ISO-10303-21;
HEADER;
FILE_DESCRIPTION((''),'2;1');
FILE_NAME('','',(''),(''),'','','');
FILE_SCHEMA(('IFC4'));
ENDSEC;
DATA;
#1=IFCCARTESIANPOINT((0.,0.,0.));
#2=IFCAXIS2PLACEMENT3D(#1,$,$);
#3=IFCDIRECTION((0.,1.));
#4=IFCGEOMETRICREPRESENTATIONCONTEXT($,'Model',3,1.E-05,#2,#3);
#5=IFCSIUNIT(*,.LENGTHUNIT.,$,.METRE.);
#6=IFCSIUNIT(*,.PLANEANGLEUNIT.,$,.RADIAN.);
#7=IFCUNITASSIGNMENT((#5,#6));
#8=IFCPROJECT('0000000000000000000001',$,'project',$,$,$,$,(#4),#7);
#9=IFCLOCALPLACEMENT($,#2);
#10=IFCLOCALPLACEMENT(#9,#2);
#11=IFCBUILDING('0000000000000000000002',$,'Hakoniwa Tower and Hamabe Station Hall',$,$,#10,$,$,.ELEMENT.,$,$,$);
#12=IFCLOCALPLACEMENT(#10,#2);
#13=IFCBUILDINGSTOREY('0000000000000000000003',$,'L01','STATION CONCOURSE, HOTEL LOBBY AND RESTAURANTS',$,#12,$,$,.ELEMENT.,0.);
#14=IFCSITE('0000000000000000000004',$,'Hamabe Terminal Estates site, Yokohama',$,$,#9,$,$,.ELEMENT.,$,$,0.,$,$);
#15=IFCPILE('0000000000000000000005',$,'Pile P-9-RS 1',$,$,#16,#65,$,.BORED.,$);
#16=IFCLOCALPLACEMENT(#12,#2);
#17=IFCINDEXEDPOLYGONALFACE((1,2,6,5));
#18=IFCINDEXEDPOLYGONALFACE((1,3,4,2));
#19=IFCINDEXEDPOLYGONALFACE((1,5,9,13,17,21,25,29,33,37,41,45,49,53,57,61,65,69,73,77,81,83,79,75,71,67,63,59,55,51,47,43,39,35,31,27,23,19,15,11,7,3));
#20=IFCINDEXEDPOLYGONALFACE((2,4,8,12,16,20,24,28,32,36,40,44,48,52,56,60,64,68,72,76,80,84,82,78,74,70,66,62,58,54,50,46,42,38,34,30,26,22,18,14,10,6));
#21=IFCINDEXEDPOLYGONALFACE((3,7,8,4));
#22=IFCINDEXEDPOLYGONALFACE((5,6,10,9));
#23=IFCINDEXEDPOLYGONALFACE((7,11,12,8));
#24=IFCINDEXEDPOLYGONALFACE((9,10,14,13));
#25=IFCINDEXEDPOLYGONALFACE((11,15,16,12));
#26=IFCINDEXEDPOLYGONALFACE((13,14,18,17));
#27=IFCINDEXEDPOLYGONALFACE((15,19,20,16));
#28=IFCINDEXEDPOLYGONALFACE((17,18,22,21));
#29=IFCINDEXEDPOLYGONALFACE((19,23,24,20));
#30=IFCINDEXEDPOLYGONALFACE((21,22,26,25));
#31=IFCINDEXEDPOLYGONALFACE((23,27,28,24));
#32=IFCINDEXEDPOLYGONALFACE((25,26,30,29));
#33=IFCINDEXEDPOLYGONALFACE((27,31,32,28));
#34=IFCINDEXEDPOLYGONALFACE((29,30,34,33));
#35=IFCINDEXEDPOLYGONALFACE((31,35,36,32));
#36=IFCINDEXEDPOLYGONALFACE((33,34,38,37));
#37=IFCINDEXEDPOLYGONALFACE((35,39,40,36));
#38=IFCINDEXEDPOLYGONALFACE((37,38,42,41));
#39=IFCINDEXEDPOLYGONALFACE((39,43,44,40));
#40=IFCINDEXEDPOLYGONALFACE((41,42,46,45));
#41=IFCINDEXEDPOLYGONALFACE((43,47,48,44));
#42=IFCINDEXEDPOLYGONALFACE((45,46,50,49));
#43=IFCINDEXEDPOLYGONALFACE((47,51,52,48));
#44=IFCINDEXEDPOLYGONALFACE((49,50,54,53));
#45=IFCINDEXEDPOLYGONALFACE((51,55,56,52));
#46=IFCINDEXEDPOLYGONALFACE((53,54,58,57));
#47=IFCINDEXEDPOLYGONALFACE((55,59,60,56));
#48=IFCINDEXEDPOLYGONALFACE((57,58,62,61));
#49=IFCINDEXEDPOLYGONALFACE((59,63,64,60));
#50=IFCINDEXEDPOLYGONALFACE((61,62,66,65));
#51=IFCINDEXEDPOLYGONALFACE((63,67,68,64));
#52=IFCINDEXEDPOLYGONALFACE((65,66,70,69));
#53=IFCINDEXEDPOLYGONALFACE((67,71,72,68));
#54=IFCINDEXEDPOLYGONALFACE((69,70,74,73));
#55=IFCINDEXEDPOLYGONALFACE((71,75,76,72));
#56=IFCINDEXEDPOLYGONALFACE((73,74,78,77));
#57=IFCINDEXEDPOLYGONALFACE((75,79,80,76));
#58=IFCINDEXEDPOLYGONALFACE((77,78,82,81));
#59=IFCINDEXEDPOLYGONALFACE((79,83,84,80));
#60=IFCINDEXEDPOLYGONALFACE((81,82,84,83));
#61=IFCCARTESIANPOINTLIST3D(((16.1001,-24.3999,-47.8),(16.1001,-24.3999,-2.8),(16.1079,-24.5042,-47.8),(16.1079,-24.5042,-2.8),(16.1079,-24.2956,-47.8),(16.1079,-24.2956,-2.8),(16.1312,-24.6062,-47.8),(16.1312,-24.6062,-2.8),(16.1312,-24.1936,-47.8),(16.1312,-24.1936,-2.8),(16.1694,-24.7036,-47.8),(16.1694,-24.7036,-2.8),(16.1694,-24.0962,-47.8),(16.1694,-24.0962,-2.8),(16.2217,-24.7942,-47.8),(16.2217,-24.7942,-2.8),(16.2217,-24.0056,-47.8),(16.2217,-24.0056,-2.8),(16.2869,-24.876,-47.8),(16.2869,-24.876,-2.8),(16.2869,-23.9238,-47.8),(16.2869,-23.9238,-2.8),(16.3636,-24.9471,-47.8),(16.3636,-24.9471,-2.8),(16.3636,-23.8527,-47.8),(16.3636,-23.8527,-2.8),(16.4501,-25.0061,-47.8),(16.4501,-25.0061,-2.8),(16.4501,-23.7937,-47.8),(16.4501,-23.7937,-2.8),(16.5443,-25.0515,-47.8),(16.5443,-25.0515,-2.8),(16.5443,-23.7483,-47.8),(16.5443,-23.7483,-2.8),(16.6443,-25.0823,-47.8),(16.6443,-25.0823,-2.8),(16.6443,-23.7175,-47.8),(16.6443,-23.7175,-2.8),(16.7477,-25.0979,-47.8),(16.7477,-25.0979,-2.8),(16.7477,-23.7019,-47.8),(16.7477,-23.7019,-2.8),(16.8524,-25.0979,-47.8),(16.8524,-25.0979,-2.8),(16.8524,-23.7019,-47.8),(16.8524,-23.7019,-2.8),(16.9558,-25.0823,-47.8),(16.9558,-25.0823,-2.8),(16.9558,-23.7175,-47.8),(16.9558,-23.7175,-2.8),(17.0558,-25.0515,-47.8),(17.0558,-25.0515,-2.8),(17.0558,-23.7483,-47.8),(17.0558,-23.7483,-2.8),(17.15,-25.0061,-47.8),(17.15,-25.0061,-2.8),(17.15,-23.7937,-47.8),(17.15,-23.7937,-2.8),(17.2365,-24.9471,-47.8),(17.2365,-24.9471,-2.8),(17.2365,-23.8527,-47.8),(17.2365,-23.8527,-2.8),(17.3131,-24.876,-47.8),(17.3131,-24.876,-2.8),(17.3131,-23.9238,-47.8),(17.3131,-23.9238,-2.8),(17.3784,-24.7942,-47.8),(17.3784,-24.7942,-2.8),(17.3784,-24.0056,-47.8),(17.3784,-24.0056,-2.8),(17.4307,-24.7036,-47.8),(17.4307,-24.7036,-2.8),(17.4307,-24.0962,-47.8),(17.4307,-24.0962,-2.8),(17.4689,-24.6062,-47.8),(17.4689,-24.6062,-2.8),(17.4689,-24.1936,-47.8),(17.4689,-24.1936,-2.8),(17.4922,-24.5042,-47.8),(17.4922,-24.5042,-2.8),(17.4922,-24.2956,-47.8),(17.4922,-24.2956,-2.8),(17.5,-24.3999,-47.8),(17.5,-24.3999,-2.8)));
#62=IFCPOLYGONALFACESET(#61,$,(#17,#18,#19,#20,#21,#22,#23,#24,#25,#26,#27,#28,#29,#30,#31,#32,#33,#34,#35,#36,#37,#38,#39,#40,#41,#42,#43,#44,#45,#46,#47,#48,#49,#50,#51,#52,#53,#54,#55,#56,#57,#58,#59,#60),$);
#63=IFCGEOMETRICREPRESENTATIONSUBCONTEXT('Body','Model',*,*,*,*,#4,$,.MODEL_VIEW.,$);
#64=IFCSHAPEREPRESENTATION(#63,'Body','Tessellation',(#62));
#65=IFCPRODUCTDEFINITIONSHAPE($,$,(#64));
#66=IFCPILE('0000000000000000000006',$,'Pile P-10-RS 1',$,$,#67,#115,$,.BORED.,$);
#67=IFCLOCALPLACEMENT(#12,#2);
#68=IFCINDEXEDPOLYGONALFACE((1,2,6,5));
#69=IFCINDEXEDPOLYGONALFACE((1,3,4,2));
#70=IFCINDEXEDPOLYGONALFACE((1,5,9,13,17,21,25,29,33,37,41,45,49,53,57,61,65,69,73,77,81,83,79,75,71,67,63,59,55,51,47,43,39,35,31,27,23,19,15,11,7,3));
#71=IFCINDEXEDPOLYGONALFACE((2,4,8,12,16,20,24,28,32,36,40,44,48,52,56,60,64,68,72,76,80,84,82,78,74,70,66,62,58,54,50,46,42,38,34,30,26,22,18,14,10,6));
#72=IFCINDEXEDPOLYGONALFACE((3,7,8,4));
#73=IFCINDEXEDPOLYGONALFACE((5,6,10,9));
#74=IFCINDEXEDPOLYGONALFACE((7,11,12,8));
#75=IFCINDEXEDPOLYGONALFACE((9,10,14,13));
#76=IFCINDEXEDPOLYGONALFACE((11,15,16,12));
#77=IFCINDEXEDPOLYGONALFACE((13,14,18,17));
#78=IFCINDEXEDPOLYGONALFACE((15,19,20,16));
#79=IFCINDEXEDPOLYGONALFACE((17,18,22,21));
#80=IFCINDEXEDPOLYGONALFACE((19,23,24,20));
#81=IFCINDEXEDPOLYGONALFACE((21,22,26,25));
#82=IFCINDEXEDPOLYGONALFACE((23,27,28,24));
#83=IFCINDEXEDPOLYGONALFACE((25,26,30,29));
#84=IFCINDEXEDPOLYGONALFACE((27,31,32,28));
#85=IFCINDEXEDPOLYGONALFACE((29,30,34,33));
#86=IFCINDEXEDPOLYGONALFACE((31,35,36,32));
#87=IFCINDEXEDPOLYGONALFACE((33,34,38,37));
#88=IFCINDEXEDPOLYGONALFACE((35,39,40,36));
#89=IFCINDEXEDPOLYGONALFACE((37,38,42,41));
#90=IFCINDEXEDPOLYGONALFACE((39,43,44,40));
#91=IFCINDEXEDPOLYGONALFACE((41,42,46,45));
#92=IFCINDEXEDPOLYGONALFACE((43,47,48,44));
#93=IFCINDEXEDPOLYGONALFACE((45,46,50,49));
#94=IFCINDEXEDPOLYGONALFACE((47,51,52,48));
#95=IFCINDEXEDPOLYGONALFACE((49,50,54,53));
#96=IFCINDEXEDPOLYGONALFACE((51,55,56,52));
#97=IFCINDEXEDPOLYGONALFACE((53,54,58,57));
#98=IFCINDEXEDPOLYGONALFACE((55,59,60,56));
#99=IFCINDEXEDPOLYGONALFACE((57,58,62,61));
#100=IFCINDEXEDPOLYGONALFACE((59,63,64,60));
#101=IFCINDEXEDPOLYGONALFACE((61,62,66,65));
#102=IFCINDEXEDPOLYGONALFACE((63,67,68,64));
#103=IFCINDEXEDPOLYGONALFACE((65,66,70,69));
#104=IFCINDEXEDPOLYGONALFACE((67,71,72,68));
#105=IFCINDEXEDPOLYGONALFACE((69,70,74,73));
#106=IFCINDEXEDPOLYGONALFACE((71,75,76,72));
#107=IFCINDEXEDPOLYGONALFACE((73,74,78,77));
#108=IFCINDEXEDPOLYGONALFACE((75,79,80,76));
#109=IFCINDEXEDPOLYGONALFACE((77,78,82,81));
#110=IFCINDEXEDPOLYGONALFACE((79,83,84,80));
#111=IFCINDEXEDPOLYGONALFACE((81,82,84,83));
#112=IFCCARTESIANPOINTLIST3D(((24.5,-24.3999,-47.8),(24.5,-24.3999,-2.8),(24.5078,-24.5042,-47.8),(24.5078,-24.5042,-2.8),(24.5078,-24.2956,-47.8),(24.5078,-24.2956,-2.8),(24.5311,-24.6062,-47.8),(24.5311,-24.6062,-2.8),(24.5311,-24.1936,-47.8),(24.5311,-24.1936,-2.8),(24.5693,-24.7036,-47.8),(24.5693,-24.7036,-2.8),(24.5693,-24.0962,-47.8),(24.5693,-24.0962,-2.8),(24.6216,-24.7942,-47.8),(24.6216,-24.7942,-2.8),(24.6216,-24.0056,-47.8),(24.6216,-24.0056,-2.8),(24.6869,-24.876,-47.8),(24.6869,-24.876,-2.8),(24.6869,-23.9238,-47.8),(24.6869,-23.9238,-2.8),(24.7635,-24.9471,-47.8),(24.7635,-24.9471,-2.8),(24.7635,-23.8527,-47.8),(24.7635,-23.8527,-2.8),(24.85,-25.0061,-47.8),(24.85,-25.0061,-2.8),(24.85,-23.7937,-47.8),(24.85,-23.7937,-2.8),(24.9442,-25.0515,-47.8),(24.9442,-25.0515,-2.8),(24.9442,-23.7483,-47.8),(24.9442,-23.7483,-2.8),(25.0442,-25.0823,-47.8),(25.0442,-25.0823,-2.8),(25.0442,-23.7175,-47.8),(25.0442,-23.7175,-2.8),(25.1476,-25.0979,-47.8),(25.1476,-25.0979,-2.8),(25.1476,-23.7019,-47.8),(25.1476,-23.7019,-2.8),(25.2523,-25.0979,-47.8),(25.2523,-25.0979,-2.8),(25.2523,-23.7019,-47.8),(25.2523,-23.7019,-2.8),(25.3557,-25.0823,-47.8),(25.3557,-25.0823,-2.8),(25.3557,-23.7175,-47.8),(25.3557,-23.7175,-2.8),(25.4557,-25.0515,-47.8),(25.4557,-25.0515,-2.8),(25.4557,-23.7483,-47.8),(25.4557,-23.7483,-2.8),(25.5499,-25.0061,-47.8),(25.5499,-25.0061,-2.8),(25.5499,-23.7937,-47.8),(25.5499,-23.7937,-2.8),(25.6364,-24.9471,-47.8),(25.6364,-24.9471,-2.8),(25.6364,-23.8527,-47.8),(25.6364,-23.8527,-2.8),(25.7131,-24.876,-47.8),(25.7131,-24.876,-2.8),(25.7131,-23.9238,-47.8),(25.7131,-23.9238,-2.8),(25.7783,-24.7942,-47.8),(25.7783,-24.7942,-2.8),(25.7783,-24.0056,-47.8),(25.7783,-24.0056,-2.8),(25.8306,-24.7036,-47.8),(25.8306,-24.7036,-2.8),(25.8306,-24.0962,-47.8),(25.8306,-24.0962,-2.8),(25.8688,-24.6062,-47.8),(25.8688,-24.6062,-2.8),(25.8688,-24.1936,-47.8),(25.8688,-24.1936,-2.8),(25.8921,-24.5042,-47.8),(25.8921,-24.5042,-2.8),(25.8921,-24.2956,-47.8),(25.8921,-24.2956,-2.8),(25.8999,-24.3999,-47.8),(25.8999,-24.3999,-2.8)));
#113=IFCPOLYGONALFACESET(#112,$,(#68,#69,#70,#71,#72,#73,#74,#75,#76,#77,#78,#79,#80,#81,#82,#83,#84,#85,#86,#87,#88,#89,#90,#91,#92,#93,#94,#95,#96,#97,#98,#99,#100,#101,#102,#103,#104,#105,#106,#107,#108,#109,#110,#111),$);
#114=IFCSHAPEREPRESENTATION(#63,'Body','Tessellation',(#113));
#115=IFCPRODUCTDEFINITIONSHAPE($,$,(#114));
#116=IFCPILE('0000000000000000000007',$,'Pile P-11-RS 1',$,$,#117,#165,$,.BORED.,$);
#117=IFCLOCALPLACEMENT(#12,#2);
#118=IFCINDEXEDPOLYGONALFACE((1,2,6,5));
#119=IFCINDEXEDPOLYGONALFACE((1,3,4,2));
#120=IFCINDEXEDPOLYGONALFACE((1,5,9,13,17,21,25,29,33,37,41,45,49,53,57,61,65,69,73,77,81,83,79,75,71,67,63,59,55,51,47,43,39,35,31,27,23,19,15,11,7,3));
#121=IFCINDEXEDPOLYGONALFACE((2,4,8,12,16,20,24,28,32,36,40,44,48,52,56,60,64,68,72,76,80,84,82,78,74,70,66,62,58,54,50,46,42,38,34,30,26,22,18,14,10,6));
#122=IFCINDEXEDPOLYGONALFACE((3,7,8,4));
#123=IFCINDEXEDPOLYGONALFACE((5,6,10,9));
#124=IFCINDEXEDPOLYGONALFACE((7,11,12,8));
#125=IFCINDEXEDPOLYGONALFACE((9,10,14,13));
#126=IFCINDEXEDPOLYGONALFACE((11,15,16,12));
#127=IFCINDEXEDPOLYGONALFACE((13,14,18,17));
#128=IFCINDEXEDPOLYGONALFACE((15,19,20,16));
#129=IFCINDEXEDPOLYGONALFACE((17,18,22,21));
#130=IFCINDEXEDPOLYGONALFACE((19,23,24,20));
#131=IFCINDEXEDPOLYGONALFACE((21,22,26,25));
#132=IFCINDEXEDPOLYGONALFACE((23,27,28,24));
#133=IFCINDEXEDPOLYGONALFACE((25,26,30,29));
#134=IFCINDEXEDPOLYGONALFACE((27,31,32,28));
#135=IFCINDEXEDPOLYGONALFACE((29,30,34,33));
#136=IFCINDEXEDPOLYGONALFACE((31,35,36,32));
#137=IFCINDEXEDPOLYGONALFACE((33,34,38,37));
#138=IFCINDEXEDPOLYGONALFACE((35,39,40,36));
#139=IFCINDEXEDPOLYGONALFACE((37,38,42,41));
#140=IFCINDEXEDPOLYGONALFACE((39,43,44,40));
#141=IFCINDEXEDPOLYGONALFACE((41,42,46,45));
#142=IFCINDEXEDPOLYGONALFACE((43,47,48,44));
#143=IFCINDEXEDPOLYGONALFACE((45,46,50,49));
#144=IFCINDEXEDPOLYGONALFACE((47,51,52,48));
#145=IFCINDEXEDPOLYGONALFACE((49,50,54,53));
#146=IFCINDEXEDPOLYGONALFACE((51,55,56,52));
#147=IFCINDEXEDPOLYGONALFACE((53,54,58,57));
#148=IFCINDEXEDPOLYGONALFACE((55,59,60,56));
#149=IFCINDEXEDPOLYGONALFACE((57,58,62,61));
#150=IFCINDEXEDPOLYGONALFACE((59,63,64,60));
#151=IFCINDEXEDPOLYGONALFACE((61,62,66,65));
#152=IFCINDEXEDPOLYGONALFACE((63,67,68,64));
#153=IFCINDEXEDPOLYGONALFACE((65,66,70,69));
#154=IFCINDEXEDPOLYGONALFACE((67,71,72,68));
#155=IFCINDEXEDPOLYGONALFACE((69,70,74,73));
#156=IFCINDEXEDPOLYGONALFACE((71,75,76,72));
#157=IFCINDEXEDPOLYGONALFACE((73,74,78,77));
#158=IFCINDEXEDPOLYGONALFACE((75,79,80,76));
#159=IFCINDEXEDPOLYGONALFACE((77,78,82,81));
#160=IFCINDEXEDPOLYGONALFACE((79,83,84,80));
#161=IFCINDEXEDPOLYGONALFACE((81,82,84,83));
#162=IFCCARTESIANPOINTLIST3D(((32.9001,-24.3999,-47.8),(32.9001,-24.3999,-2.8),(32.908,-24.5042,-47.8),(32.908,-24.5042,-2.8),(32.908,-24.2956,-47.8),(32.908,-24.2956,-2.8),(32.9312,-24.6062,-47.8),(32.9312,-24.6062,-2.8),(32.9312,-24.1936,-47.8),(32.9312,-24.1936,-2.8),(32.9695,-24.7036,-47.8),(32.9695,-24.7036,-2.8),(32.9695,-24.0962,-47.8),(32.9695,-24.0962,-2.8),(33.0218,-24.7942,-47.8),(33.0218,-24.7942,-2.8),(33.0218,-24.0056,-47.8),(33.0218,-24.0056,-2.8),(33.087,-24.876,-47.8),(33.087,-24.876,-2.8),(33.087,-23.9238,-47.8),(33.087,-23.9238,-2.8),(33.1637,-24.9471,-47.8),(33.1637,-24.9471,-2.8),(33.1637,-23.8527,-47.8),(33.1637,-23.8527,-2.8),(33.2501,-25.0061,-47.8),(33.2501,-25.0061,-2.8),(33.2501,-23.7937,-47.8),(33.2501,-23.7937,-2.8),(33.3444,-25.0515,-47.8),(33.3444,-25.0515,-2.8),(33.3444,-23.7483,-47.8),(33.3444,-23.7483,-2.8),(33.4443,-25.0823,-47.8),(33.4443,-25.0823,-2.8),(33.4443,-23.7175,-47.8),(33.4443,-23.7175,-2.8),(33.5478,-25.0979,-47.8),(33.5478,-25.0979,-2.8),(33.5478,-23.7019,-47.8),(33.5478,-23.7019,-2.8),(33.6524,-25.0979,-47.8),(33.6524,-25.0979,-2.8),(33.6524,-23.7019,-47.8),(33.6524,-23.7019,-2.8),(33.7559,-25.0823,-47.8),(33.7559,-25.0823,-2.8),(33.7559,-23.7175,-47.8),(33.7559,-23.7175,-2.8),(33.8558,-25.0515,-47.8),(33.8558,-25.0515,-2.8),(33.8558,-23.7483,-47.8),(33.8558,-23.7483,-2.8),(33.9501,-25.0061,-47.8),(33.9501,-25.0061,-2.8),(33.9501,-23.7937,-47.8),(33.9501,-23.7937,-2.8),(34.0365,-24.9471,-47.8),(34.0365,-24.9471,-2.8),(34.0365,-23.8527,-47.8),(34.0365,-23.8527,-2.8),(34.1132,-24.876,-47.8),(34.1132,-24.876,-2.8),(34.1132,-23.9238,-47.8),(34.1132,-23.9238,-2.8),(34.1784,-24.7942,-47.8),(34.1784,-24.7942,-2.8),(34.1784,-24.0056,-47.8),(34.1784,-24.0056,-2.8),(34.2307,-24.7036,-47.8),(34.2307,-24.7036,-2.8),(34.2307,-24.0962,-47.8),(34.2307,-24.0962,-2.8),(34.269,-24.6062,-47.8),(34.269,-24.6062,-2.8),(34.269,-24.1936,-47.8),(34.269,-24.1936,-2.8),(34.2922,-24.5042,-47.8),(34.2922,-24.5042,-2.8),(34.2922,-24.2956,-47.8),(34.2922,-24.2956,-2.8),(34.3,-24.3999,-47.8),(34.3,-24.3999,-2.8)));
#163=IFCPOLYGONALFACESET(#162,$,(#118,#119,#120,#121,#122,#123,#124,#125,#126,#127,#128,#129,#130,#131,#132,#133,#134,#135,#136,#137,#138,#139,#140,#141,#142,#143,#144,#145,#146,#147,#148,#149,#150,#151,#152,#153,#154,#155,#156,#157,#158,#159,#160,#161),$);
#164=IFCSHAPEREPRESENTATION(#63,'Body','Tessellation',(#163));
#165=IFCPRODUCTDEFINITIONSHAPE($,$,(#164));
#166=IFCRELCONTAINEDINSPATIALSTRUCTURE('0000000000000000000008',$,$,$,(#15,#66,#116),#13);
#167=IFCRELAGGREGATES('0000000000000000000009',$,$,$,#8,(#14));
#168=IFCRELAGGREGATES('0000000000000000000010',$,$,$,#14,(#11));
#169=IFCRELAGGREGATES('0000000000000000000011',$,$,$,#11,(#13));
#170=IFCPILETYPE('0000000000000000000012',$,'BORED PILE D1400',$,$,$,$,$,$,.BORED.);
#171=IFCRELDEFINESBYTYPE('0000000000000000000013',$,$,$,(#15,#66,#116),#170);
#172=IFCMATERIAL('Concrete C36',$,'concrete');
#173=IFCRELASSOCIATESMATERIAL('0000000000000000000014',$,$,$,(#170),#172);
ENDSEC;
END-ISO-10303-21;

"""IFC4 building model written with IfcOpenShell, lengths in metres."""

from ifc_helpers import new_model, si_unit, direction, frame, origin, origin_2d, place, context, subcontext, project, spatial, circle, extrude, material, material_profile, profile_set, type_object, element, save


model = new_model("IFC4")

# Units and contexts
model_context = context("Model", 3, precision=1e-05, world=origin(), true_north=direction((0.0, 1.0)))
body_context = subcontext(model_context, "Body", "Model", "MODEL_VIEW")
ifc_project = project(units=[si_unit("LENGTHUNIT", "METRE"), si_unit("PLANEANGLEUNIT", "RADIAN")], contexts=[model_context])

# Site, building, storey
site_placement = place(None, origin())
site = spatial("IfcSite", under=ifc_project, at=site_placement, Name="Hamabe Terminal Estates site, Yokohama", CompositionType="ELEMENT", RefElevation=0.0)
building_placement = place(site_placement, origin())
building = spatial("IfcBuilding", under=site, at=building_placement, Name="Hakoniwa Tower and Hamabe Station Hall", CompositionType="ELEMENT")
storey_placement = place(building_placement, origin())
storey = spatial("IfcBuildingStorey", under=building, at=storey_placement, Name="L01", Description="STATION CONCOURSE, HOTEL LOBBY AND RESTAURANTS", CompositionType="ELEMENT", Elevation=0.0)

# Piles
ifc_material_1 = material(Name="Concrete C36", Category="concrete")
ifc_material_profile_1 = material_profile(ifc_material_1, circle(Radius=0.7, at=origin_2d()), Name="BORED PILE D1400")
ifc_profile_set_1 = profile_set([ifc_material_profile_1], Name="Concrete C36")
pile_type_1 = type_object("IfcPileType", Name="BORED PILE D1400", PredefinedType="BORED", material=ifc_profile_set_1)
for number, where, z_axis, x_axis, name in (
    (1, (16.8, -24.3999, -2.8), (0.0, 0.0, -1.0), (1.0, 0.0, 0.0), "Pile P-9-RS 1"),
    (2, (25.2, -24.3999, -2.8), (0.0, 0.0, -1.0), (1.0, 0.0, 0.0), "Pile P-10-RS 1"),
    (3, (33.6001, -24.3999, -2.8), (0.0, 0.0, -1.0), (1.0, 0.0, 0.0), "Pile P-11-RS 1"),
):
    element("IfcPile", number, at=place(storey_placement, frame(where, z_axis=z_axis, x_axis=x_axis)), inside=storey, type_object=pile_type_1, Name=name, PredefinedType="BORED", context=body_context, shape_type="SweptSolid", body=[
        extrude(circle(Radius=0.7, at=origin_2d()), origin(), (0.0, 0.0, 1.0), 45.0),
    ])

save(model, "model.ifc")
